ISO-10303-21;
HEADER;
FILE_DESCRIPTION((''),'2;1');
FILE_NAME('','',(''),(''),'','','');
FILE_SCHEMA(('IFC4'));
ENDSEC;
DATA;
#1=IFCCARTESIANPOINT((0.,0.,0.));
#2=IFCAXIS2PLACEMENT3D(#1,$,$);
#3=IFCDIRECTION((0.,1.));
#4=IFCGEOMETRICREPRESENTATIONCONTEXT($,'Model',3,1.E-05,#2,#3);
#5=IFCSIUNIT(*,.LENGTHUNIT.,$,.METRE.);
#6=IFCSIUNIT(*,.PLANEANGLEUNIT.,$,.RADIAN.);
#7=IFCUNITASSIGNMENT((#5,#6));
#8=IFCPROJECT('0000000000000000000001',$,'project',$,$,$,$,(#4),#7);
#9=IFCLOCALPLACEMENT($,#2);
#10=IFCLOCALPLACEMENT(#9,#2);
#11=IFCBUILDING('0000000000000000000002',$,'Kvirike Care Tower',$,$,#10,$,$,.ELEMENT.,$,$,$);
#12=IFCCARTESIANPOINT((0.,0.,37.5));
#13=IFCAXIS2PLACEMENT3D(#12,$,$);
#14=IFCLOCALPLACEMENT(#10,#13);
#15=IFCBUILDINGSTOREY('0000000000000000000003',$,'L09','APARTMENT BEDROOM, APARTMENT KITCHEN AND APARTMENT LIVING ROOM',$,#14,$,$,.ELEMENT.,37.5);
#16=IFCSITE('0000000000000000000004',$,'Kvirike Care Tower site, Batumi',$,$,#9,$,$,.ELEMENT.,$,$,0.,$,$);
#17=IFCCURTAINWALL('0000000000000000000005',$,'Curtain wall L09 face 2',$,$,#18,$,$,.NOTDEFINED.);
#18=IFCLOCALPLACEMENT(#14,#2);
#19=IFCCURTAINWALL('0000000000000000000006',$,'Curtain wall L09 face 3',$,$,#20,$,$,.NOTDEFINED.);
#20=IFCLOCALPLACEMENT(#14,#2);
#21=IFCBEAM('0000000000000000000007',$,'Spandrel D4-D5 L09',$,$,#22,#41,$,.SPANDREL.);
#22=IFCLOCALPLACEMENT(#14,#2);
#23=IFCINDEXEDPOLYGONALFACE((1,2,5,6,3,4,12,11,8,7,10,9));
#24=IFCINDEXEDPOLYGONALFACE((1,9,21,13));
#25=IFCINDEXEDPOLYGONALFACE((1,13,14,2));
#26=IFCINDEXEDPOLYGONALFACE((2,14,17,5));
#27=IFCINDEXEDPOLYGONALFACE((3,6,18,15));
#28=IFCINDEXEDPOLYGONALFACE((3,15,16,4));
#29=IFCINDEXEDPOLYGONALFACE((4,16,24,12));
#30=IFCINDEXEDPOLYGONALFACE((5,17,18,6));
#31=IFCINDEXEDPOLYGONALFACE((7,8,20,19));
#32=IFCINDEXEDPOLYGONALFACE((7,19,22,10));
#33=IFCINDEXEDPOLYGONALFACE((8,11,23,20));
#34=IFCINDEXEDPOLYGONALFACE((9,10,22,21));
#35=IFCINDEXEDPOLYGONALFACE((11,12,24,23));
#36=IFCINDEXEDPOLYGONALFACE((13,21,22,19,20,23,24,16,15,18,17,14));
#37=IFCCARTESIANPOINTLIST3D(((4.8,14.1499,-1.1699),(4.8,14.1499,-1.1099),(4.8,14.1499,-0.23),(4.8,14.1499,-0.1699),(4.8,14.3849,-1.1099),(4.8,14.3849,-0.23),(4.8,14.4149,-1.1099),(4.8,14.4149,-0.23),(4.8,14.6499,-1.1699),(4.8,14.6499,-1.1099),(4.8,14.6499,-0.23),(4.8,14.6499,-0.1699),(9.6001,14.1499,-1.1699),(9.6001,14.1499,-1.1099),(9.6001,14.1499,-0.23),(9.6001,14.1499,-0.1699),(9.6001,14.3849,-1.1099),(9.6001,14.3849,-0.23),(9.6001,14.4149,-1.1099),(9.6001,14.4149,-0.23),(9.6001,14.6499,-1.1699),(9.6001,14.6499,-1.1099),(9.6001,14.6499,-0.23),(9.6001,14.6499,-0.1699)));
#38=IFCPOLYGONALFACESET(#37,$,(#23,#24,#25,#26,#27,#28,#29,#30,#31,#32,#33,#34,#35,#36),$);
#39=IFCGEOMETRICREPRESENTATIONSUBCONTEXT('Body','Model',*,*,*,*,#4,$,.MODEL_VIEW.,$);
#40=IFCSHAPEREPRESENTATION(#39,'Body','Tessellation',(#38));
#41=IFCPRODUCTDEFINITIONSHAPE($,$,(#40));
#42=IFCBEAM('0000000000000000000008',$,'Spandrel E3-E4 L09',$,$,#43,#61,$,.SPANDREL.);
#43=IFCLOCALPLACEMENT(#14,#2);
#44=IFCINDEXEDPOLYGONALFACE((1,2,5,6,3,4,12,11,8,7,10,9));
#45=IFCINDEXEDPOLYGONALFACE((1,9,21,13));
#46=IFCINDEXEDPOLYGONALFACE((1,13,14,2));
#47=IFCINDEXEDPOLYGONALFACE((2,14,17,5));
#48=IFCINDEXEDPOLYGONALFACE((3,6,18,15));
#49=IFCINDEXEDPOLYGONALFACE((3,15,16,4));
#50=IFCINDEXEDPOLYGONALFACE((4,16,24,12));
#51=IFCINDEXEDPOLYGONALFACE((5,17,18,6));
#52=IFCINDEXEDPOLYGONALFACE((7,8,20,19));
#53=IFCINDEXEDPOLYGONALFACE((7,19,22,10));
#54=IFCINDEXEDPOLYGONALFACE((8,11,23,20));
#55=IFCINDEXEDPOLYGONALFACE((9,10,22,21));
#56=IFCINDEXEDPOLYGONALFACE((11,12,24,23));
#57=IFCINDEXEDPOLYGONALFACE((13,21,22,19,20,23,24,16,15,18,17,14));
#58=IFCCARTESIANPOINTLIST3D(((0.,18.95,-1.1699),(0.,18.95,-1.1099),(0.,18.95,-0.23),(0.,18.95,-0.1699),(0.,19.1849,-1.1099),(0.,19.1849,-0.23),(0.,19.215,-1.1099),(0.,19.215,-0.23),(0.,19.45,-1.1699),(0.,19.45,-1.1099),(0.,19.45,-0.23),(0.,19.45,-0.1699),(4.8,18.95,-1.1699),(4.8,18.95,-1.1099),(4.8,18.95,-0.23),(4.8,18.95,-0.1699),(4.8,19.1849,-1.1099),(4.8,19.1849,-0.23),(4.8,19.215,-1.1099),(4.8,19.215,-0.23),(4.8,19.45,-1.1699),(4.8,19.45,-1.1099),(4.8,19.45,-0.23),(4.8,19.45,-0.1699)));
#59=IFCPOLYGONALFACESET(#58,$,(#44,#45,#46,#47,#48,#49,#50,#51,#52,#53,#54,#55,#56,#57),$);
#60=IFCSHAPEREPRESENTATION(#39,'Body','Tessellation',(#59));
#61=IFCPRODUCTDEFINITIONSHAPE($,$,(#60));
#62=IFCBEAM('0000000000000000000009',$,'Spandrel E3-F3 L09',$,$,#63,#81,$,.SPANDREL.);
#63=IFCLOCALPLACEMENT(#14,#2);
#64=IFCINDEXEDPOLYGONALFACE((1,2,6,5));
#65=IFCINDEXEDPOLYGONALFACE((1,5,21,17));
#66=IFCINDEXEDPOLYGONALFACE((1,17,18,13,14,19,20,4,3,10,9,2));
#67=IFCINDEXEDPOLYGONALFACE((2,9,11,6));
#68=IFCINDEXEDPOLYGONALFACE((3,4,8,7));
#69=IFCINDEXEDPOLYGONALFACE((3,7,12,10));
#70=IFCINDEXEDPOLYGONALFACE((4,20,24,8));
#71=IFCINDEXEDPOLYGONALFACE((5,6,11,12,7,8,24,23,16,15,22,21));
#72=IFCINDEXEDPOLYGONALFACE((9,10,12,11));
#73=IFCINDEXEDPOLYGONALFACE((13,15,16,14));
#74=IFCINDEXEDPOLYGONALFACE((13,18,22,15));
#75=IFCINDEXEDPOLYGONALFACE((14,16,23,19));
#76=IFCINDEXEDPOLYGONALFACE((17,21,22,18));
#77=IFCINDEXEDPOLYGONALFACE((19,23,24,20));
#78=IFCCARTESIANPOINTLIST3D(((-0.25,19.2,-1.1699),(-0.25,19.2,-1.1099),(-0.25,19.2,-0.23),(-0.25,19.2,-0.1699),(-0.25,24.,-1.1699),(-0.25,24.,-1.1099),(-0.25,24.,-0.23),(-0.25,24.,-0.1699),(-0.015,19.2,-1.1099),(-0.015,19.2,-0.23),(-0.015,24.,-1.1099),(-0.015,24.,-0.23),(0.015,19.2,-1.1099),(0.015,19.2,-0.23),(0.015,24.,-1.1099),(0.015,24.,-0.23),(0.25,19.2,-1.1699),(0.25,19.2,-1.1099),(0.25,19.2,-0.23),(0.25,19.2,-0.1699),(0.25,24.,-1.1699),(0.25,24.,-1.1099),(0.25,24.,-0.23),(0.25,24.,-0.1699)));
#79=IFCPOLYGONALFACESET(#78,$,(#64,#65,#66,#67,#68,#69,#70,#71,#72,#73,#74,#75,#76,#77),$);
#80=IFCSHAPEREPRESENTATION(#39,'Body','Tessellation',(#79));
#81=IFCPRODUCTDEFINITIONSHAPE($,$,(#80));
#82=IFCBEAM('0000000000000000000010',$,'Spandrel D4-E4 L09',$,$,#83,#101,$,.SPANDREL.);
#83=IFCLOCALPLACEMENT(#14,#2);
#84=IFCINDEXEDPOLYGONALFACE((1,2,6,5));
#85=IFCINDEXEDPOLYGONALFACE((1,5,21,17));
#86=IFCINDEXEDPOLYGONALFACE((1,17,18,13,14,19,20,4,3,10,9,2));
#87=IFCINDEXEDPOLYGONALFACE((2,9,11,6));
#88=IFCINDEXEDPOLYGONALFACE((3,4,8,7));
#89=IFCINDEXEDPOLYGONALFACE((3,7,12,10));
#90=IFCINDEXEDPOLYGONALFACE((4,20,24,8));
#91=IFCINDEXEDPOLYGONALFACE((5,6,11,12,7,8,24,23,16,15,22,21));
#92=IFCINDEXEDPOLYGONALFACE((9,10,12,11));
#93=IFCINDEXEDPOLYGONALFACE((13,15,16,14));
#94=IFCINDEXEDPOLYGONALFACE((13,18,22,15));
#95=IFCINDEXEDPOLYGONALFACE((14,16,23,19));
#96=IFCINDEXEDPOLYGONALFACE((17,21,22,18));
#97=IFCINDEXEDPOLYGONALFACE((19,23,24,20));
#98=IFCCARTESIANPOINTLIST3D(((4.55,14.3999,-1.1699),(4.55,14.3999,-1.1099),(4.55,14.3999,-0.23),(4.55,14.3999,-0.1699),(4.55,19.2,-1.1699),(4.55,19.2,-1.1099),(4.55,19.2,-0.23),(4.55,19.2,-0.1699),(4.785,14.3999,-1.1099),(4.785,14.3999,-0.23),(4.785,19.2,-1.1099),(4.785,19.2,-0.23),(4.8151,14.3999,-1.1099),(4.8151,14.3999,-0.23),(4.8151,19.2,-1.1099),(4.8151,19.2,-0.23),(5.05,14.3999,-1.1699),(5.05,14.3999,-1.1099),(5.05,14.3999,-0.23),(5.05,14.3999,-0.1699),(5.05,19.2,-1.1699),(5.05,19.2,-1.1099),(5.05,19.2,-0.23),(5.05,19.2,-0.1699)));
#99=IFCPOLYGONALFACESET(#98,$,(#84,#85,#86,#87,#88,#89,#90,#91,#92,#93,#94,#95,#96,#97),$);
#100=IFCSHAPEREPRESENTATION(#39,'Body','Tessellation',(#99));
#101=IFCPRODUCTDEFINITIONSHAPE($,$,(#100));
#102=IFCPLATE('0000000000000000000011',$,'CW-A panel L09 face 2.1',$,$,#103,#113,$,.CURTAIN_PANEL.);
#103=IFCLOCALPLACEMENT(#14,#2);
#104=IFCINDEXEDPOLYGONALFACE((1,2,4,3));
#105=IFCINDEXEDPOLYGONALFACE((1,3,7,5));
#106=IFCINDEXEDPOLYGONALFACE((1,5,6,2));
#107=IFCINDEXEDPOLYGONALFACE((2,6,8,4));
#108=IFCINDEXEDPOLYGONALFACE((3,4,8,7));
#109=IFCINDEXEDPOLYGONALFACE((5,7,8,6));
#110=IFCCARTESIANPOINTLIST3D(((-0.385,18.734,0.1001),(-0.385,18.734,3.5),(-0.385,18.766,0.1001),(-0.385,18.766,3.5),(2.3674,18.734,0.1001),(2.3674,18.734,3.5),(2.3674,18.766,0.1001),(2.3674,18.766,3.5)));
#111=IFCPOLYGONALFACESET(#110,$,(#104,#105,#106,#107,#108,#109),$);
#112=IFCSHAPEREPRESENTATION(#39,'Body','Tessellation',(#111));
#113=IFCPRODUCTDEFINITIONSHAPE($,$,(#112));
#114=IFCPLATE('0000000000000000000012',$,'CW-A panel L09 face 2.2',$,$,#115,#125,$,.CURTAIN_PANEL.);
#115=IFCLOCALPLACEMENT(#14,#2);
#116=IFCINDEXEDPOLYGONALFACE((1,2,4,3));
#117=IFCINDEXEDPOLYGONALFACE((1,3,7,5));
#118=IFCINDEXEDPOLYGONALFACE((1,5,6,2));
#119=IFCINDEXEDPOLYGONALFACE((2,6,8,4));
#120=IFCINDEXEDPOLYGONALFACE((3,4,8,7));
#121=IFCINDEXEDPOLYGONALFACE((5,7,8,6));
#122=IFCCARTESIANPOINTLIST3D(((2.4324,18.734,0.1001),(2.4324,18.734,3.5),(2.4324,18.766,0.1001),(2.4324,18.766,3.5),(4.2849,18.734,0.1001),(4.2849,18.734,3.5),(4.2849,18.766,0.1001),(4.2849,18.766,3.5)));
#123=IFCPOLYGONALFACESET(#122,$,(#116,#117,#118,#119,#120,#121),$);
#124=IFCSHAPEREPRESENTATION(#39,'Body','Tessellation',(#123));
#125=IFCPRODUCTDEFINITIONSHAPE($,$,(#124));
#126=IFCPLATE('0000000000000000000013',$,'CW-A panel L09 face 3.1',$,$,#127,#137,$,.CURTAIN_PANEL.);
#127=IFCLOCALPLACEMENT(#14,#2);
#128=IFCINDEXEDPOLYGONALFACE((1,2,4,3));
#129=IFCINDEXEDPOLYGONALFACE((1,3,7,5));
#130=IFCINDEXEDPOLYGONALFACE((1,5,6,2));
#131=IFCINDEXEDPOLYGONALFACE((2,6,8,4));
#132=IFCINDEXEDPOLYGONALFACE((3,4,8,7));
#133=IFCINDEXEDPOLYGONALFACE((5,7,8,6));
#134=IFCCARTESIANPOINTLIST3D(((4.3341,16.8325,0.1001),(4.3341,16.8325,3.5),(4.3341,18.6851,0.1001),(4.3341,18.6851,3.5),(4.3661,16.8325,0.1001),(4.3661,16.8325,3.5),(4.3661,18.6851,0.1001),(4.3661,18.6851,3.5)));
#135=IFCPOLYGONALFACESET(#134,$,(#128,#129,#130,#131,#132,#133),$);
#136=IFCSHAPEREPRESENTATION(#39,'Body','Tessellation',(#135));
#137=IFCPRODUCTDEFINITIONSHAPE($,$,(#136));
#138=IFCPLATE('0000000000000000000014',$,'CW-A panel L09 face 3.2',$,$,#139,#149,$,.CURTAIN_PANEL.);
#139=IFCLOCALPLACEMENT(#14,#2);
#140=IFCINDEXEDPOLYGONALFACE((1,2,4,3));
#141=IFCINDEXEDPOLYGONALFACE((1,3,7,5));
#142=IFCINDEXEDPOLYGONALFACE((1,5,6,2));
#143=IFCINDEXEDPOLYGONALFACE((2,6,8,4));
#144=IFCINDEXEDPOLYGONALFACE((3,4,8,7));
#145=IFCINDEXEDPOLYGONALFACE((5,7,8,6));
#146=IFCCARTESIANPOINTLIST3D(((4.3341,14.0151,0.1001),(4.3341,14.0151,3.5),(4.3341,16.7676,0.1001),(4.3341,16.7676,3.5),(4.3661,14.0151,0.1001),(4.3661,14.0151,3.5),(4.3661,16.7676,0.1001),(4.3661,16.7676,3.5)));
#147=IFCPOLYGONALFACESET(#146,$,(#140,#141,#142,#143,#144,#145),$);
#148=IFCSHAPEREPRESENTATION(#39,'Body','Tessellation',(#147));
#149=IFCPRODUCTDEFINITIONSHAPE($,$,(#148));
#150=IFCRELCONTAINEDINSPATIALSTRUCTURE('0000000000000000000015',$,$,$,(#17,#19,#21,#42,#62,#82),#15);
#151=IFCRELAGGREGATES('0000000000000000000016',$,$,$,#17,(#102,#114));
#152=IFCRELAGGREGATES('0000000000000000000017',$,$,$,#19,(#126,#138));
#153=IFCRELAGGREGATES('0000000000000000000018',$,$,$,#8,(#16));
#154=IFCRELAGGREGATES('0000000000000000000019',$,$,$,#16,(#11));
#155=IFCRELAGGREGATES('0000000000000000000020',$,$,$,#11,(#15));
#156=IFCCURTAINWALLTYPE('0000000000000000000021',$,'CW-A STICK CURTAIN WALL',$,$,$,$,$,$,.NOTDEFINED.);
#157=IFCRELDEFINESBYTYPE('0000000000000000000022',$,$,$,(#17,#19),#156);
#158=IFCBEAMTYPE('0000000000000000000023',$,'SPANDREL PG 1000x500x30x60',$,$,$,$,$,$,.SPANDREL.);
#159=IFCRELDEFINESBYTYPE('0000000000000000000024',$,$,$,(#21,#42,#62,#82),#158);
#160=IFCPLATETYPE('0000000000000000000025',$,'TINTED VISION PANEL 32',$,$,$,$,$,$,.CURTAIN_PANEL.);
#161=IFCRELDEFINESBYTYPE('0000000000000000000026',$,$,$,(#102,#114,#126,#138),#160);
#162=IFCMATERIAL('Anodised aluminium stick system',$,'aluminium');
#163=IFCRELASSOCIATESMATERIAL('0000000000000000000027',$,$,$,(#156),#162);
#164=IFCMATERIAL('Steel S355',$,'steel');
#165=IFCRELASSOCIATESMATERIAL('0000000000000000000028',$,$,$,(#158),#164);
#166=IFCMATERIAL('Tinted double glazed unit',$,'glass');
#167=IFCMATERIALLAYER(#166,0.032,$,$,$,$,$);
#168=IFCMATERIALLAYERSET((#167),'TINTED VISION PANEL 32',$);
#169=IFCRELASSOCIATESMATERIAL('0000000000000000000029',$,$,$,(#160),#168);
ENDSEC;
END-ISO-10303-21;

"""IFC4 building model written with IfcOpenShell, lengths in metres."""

from ifc_helpers import new_model, si_unit, direction, frame, origin, origin_2d, place, context, subcontext, project, spatial, rectangle, i_section, extrude, material, layer, layer_set, material_profile, profile_set, type_object, element, aggregate, save


model = new_model("IFC4")

# Units and contexts
model_context = context("Model", 3, precision=1e-05, world=origin(), true_north=direction((0.0, 1.0)))
body_context = subcontext(model_context, "Body", "Model", "MODEL_VIEW")
ifc_project = project(units=[si_unit("LENGTHUNIT", "METRE"), si_unit("PLANEANGLEUNIT", "RADIAN")], contexts=[model_context])

# Site, building, storey
site_placement = place(None, origin())
site = spatial("IfcSite", under=ifc_project, at=site_placement, Name="Kvirike Care Tower site, Batumi", CompositionType="ELEMENT", RefElevation=0.0)
building_placement = place(site_placement, origin())
building = spatial("IfcBuilding", under=site, at=building_placement, Name="Kvirike Care Tower", CompositionType="ELEMENT")
storey_placement = place(building_placement, frame((0.0, 0.0, 37.5)))
storey = spatial("IfcBuildingStorey", under=building, at=storey_placement, Name="L09", Description="APARTMENT BEDROOM, APARTMENT KITCHEN AND APARTMENT LIVING ROOM", CompositionType="ELEMENT", Elevation=37.5)

# Shared definitions
ifc_material_1 = material(Name="Anodised aluminium stick system", Category="aluminium")
curtain_wall_type = type_object("IfcCurtainWallType", Name="CW-A STICK CURTAIN WALL", PredefinedType="NOTDEFINED", material=ifc_material_1)

# Curtain walls
curtain_wall_1_placement = place(storey_placement, origin())
curtain_wall_1 = element("IfcCurtainWall", 1, at=curtain_wall_1_placement, inside=storey, type_object=curtain_wall_type, Name="Curtain wall L09 face 2", PredefinedType="NOTDEFINED")
curtain_wall_2_placement = place(storey_placement, origin())
curtain_wall_2 = element("IfcCurtainWall", 2, at=curtain_wall_2_placement, inside=storey, type_object=curtain_wall_type, Name="Curtain wall L09 face 3", PredefinedType="NOTDEFINED")

# Beams
ifc_material_2 = material(Name="Steel S355", Category="steel")
ifc_material_profile_1 = material_profile(ifc_material_2, i_section(OverallWidth=0.5, OverallDepth=1.0, WebThickness=0.03, FlangeThickness=0.0601, at=origin_2d()), Name="PG 1000x500x30x60")
ifc_profile_set_1 = profile_set([ifc_material_profile_1], Name="Steel S355")
beam_type = type_object("IfcBeamType", Name="SPANDREL PG 1000x500x30x60", PredefinedType="SPANDREL", material=ifc_profile_set_1)
for number, where, z_axis, x_axis, name in (
    (3, (4.8, 14.3999, -0.6699), (1.0, 0.0, 0.0), (0.0, 1.0, 0.0), "Spandrel D4-D5 L09"),
    (4, (0.0, 19.2, -0.6699), (1.0, 0.0, 0.0), (0.0, 1.0, 0.0), "Spandrel E3-E4 L09"),
    (5, (0.0, 19.2, -0.6699), (0.0, 1.0, 0.0), (-1.0, 0.0, 0.0), "Spandrel E3-F3 L09"),
    (6, (4.8, 14.3999, -0.6699), (0.0, 1.0, 0.0), (-1.0, 0.0, 0.0), "Spandrel D4-E4 L09"),
):
    element("IfcBeam", number, at=place(storey_placement, frame(where, z_axis=z_axis, x_axis=x_axis)), inside=storey, type_object=beam_type, Name=name, PredefinedType="SPANDREL", context=body_context, shape_type="SweptSolid", body=[
        extrude(i_section(OverallWidth=0.5, OverallDepth=1.0, WebThickness=0.03, FlangeThickness=0.0601, at=origin_2d()), origin(), (0.0, 0.0, 1.0), 4.8),
    ])

# Plates
ifc_material_3 = material(Name="Tinted double glazed unit", Category="glass")
ifc_layer = layer(ifc_material_3, 0.032)
ifc_layer_set = layer_set([ifc_layer], Name="TINTED VISION PANEL 32")
plate_type = type_object("IfcPlateType", Name="TINTED VISION PANEL 32", PredefinedType="CURTAIN_PANEL", material=ifc_layer_set)
plate_1_placement = place(storey_placement, frame((0.9912, 18.75, 0.1001), z_axis=(0.0, 0.0, 1.0), x_axis=(1.0, 0.0, 0.0)))
plate_1 = element("IfcPlate", 7, at=plate_1_placement, type_object=plate_type, Name="CW-A panel L09 face 2.1", PredefinedType="CURTAIN_PANEL", context=body_context, shape_type="SweptSolid", body=[
    extrude(rectangle(XDim=2.7524, YDim=0.032, at=origin_2d()), origin(), (0.0, 0.0, 1.0), 3.3999),
])
plate_2_placement = place(storey_placement, frame((3.3586, 18.75, 0.1001), z_axis=(0.0, 0.0, 1.0), x_axis=(1.0, 0.0, 0.0)))
plate_2 = element("IfcPlate", 8, at=plate_2_placement, type_object=plate_type, Name="CW-A panel L09 face 2.2", PredefinedType="CURTAIN_PANEL", context=body_context, shape_type="SweptSolid", body=[
    extrude(rectangle(XDim=1.8525, YDim=0.032, at=origin_2d()), origin(), (0.0, 0.0, 1.0), 3.3999),
])
aggregate(curtain_wall_1, [plate_1, plate_2])
plate_3_placement = place(storey_placement, frame((4.3501, 17.7588, 0.1001), z_axis=(0.0, 0.0, 1.0), x_axis=(0.0, -1.0, 0.0)))
plate_3 = element("IfcPlate", 9, at=plate_3_placement, type_object=plate_type, Name="CW-A panel L09 face 3.1", PredefinedType="CURTAIN_PANEL", context=body_context, shape_type="SweptSolid", body=[
    extrude(rectangle(XDim=1.8525, YDim=0.032, at=origin_2d()), origin(), (0.0, 0.0, 1.0), 3.3999),
])
plate_4_placement = place(storey_placement, frame((4.3501, 15.3914, 0.1001), z_axis=(0.0, 0.0, 1.0), x_axis=(0.0, -1.0, 0.0)))
plate_4 = element("IfcPlate", 10, at=plate_4_placement, type_object=plate_type, Name="CW-A panel L09 face 3.2", PredefinedType="CURTAIN_PANEL", context=body_context, shape_type="SweptSolid", body=[
    extrude(rectangle(XDim=2.7524, YDim=0.032, at=origin_2d()), origin(), (0.0, 0.0, 1.0), 3.3999),
])
aggregate(curtain_wall_2, [plate_3, plate_4])

save(model, "model.ifc")
